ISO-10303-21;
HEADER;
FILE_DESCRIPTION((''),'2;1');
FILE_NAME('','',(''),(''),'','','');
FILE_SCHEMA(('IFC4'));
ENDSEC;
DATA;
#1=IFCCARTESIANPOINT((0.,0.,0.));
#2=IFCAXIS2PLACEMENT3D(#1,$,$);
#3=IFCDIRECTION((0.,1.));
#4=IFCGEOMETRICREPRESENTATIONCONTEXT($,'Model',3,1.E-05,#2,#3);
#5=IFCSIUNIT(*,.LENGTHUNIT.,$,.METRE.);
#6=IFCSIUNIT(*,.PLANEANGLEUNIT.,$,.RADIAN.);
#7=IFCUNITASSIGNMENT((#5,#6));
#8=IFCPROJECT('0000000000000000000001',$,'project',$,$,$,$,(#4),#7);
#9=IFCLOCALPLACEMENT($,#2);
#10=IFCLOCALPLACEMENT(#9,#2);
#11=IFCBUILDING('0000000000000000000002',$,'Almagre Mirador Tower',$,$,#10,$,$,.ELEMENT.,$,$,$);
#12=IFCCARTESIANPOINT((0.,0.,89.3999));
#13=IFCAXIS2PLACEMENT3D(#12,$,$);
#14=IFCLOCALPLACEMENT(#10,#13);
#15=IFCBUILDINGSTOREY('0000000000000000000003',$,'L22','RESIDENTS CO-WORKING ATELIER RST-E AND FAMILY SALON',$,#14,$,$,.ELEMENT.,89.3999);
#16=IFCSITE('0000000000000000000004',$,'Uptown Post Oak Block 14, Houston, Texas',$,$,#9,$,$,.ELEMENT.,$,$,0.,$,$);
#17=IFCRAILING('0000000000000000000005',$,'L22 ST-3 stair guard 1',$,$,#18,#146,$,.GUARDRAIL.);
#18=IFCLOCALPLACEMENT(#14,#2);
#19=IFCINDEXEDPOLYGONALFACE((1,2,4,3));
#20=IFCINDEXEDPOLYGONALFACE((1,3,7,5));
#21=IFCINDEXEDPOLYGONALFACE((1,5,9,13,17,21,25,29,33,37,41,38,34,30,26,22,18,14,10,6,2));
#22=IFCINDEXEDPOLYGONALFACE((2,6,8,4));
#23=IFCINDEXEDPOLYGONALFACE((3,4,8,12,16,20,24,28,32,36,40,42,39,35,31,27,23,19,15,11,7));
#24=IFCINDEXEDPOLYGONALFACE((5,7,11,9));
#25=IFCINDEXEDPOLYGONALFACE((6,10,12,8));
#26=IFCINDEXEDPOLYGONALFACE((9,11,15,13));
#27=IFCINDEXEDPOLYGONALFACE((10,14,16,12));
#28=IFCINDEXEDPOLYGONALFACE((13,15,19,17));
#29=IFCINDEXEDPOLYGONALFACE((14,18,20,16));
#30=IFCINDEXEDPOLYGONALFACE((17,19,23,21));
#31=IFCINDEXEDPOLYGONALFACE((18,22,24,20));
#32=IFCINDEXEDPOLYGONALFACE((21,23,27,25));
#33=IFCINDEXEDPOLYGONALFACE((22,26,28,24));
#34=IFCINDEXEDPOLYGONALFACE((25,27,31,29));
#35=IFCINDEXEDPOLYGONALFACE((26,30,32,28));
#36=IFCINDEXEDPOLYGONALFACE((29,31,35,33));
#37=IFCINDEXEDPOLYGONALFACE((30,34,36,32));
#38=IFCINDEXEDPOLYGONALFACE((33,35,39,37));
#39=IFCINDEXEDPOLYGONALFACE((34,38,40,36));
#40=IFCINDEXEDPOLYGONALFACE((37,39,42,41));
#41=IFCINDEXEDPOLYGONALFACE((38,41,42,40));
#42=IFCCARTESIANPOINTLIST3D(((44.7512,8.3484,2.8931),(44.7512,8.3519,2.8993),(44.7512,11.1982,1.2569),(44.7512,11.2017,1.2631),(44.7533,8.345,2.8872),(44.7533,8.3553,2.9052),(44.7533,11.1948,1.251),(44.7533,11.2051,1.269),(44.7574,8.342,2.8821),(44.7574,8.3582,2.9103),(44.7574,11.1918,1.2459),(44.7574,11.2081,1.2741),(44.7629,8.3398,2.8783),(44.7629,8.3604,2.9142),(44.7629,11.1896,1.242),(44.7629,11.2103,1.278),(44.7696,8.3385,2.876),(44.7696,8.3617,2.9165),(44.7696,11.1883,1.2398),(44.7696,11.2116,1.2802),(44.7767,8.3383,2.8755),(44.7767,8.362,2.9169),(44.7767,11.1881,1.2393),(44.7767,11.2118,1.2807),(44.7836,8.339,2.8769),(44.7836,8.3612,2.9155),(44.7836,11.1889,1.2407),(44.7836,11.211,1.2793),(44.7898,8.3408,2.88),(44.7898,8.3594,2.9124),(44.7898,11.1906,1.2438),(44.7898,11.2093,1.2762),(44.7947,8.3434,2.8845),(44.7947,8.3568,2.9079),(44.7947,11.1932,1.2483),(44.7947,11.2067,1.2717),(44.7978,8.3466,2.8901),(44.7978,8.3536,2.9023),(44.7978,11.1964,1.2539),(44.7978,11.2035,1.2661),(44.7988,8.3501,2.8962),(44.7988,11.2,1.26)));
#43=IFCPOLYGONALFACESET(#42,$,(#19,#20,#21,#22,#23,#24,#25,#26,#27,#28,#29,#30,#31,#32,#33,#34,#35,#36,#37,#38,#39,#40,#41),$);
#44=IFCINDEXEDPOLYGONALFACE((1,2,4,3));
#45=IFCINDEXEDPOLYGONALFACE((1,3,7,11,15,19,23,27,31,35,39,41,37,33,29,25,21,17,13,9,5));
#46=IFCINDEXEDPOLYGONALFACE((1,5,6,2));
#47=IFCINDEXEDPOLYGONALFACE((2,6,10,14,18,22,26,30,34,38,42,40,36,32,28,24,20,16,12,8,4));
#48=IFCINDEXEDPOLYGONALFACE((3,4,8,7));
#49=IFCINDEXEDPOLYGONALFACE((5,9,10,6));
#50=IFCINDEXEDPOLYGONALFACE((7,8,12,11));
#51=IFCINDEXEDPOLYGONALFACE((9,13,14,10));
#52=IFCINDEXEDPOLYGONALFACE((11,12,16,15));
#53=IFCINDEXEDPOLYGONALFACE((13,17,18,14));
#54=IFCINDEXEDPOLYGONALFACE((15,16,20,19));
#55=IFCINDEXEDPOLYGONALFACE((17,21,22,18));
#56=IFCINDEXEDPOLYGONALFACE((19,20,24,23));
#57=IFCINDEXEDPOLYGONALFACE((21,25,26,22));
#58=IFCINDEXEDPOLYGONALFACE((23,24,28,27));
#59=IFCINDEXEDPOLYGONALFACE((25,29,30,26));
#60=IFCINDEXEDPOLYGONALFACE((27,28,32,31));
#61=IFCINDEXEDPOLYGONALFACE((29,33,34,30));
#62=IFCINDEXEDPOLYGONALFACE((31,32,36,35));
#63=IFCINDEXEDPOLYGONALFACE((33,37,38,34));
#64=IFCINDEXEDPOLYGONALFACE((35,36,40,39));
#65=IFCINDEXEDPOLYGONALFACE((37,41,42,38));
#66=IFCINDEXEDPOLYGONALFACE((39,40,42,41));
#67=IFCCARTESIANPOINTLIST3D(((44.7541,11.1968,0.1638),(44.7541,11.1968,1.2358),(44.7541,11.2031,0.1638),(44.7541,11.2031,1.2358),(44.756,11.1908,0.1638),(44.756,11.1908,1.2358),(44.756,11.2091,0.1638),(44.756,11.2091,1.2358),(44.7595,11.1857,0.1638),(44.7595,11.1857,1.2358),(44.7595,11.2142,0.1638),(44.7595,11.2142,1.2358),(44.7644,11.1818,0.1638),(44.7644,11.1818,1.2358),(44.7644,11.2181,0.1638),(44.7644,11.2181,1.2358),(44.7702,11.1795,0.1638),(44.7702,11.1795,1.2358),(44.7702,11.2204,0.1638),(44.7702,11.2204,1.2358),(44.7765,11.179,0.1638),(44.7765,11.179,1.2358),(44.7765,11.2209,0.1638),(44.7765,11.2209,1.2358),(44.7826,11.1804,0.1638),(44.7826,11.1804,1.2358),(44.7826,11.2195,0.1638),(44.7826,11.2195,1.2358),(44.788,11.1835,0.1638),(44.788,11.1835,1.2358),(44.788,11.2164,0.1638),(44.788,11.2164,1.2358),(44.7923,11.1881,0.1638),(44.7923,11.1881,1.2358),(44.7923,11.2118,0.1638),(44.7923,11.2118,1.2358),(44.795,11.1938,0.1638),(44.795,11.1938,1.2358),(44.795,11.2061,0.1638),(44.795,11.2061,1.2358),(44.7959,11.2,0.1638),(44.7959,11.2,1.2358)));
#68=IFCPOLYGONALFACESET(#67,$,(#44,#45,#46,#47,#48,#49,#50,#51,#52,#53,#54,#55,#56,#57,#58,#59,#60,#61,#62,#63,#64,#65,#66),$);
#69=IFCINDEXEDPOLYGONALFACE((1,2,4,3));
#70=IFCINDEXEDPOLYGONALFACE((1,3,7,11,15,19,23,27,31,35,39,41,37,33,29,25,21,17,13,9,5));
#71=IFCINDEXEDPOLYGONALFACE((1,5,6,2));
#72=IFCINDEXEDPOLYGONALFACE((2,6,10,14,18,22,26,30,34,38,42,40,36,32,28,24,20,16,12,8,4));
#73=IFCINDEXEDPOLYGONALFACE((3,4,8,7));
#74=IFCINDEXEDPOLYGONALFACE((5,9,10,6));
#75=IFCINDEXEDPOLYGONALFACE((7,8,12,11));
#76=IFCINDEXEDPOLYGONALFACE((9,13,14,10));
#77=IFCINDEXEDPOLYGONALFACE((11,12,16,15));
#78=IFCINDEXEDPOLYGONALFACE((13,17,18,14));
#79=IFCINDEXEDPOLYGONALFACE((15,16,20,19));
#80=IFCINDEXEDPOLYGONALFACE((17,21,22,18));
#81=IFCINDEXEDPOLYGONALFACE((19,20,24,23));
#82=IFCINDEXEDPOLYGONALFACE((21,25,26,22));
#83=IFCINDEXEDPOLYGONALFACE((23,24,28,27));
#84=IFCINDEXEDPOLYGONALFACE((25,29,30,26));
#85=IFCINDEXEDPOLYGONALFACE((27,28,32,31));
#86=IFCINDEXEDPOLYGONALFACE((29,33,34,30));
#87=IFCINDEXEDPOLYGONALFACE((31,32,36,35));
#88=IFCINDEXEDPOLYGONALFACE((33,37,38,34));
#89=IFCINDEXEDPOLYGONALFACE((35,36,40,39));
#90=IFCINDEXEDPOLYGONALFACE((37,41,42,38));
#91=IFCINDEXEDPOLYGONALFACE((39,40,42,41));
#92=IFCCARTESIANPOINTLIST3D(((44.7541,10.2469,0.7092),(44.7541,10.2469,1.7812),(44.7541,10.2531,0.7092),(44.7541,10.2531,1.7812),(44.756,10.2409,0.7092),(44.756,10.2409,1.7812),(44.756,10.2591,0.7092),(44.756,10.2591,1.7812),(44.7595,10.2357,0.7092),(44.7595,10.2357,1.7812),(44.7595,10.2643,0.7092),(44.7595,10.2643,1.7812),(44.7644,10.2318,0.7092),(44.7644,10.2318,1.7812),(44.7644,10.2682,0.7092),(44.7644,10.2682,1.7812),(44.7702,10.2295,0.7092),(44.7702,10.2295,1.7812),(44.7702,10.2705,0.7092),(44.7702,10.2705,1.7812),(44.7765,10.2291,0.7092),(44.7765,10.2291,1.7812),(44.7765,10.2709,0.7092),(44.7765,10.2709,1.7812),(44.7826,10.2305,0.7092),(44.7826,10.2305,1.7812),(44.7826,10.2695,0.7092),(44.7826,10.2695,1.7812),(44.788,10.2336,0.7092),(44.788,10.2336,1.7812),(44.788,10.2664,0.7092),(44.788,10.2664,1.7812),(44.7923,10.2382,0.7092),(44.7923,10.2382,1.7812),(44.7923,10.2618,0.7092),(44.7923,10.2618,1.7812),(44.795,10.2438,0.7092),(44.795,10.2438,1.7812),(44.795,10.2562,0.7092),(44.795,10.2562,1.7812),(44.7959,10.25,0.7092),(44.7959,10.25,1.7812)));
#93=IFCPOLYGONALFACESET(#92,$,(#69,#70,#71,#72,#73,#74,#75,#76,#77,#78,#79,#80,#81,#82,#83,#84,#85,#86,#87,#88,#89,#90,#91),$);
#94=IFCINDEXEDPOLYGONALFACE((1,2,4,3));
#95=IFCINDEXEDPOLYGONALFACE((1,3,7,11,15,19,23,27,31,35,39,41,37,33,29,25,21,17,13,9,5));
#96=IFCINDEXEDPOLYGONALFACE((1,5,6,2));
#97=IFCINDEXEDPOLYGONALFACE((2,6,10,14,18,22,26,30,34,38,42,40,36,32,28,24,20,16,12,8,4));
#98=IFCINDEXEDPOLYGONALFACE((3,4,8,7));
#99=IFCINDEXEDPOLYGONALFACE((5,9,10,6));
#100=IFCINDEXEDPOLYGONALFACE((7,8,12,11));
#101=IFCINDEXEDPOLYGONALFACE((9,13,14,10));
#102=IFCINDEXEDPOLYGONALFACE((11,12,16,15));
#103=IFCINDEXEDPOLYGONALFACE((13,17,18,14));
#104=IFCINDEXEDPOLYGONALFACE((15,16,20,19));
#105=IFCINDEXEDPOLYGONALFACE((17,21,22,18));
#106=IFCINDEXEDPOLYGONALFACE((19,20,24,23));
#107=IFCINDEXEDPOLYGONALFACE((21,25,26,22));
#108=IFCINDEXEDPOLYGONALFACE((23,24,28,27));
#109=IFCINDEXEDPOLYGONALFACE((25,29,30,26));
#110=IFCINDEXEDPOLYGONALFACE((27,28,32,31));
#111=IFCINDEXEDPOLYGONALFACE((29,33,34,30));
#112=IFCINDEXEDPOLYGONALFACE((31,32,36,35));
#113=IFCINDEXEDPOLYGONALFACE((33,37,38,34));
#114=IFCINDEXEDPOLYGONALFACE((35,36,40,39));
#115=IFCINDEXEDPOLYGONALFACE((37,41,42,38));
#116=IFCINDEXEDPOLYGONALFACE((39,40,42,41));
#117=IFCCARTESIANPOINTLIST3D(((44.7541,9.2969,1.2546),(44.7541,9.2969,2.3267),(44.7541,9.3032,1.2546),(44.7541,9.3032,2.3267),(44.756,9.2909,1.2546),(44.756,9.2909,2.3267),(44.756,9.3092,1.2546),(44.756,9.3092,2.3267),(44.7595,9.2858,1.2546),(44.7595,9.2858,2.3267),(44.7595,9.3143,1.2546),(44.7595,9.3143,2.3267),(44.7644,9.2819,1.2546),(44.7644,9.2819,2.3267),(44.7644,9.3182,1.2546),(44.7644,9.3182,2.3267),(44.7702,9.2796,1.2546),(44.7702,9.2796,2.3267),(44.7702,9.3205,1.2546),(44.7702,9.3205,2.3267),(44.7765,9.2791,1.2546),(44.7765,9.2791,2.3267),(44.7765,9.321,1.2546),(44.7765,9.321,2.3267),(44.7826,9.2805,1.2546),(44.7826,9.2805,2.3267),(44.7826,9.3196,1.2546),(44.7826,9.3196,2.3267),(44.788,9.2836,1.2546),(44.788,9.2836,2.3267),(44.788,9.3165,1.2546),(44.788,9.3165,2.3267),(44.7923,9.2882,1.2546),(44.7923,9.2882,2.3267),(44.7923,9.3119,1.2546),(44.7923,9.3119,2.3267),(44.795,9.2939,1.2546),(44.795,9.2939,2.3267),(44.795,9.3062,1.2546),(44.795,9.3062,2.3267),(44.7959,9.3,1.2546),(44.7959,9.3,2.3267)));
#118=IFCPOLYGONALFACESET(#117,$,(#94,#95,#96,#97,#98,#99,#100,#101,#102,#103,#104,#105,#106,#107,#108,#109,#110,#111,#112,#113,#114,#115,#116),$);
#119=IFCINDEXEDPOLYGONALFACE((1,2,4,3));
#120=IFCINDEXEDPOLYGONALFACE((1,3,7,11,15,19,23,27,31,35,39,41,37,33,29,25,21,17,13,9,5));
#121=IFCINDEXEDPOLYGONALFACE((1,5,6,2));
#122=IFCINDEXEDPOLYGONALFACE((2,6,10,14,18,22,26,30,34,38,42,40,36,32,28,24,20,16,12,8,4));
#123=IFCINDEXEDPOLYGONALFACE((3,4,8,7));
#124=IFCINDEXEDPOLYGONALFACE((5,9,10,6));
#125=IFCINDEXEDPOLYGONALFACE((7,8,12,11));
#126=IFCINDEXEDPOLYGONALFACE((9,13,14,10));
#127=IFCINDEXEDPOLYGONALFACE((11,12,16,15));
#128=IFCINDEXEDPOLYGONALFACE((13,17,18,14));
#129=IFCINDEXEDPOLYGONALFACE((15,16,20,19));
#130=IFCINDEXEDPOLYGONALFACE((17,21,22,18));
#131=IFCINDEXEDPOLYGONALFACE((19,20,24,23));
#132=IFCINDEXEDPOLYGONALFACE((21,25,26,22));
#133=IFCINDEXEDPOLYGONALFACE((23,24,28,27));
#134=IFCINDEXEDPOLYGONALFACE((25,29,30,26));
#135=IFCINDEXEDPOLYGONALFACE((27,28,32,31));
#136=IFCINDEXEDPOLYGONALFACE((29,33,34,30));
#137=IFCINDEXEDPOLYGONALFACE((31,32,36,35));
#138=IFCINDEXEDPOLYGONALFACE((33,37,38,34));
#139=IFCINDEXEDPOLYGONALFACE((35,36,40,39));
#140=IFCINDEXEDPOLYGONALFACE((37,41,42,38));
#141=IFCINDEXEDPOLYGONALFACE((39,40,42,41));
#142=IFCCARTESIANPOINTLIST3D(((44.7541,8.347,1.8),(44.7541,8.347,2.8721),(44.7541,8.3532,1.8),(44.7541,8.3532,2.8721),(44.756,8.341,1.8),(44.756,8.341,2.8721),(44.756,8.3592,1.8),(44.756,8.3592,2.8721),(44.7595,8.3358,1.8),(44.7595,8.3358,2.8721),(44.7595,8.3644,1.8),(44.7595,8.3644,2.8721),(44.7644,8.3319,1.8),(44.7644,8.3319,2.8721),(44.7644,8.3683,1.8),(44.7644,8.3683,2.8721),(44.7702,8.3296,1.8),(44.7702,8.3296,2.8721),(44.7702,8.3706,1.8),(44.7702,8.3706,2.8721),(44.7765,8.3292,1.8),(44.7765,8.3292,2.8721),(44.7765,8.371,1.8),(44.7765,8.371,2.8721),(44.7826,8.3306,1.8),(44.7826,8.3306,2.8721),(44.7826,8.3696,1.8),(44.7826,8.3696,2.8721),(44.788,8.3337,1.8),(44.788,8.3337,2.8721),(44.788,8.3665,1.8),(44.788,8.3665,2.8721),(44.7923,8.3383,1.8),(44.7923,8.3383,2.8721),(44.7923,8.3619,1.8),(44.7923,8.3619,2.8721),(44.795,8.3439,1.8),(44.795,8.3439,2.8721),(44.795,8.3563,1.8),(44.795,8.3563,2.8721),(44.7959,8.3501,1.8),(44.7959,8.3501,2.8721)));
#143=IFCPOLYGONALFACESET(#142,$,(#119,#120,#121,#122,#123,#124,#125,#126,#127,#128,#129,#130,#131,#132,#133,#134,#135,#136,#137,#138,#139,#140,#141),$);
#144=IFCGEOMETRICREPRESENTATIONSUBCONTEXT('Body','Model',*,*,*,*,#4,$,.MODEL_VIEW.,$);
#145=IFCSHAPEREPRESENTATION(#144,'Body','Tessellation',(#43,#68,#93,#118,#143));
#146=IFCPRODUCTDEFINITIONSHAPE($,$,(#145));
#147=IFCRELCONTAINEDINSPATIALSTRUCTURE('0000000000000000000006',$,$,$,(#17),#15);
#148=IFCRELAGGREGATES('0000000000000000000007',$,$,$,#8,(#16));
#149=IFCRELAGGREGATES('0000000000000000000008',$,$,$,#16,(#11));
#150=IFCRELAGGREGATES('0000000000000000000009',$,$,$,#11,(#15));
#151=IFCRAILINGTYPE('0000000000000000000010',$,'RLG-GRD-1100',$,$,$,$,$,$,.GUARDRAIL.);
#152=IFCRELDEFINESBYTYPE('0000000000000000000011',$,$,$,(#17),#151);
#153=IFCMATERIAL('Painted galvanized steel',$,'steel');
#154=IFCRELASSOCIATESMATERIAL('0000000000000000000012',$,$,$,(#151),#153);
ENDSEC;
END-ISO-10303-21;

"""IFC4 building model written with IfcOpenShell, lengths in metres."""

from ifc_helpers import new_model, si_unit, direction, frame, origin, origin_2d, place, context, subcontext, project, spatial, circle, extrude, material, type_object, element, save


model = new_model("IFC4")

# Units and contexts
model_context = context("Model", 3, precision=1e-05, world=origin(), true_north=direction((0.0, 1.0)))
body_context = subcontext(model_context, "Body", "Model", "MODEL_VIEW")
ifc_project = project(units=[si_unit("LENGTHUNIT", "METRE"), si_unit("PLANEANGLEUNIT", "RADIAN")], contexts=[model_context])

# Site, building, storey
site_placement = place(None, origin())
site = spatial("IfcSite", under=ifc_project, at=site_placement, Name="Uptown Post Oak Block 14, Houston, Texas", CompositionType="ELEMENT", RefElevation=0.0)
building_placement = place(site_placement, origin())
building = spatial("IfcBuilding", under=site, at=building_placement, Name="Almagre Mirador Tower", CompositionType="ELEMENT")
storey_placement = place(building_placement, frame((0.0, 0.0, 89.3999)))
storey = spatial("IfcBuildingStorey", under=building, at=storey_placement, Name="L22", Description="RESIDENTS CO-WORKING ATELIER RST-E AND FAMILY SALON", CompositionType="ELEMENT", Elevation=89.3999)

# Railing
ifc_material_1 = material(Name="Painted galvanized steel", Category="steel")
railing_type_1 = type_object("IfcRailingType", Name="RLG-GRD-1100", PredefinedType="GUARDRAIL", material=ifc_material_1)
railing_1_placement = place(storey_placement, frame((44.7749, 11.2, 0.1638)))
element("IfcRailing", 1, at=railing_1_placement, inside=storey, type_object=railing_type_1, Name="L22 ST-3 stair guard 1", PredefinedType="GUARDRAIL", context=body_context, shape_type="SweptSolid", body=[
    extrude(circle(Radius=0.0239, at=origin_2d()), frame((0.0, 0.0, 1.0962), z_axis=(0.0, -0.867226, 0.497914), x_axis=(1.0, 0.0, 0.0)), (0.0, 0.0, 1.0), 3.2861),
    extrude(circle(Radius=0.021, at=origin_2d()), origin(), (0.0, 0.0, 1.0), 1.072),
    extrude(circle(Radius=0.021, at=origin_2d()), frame((0.0, -0.95, 0.5454)), (0.0, 0.0, 1.0), 1.072),
    extrude(circle(Radius=0.021, at=origin_2d()), frame((0.0, -1.8999, 1.0908)), (0.0, 0.0, 1.0), 1.072),
    extrude(circle(Radius=0.021, at=origin_2d()), frame((0.0, -2.8499, 1.6362)), (0.0, 0.0, 1.0), 1.072),
])

save(model, "model.ifc")
